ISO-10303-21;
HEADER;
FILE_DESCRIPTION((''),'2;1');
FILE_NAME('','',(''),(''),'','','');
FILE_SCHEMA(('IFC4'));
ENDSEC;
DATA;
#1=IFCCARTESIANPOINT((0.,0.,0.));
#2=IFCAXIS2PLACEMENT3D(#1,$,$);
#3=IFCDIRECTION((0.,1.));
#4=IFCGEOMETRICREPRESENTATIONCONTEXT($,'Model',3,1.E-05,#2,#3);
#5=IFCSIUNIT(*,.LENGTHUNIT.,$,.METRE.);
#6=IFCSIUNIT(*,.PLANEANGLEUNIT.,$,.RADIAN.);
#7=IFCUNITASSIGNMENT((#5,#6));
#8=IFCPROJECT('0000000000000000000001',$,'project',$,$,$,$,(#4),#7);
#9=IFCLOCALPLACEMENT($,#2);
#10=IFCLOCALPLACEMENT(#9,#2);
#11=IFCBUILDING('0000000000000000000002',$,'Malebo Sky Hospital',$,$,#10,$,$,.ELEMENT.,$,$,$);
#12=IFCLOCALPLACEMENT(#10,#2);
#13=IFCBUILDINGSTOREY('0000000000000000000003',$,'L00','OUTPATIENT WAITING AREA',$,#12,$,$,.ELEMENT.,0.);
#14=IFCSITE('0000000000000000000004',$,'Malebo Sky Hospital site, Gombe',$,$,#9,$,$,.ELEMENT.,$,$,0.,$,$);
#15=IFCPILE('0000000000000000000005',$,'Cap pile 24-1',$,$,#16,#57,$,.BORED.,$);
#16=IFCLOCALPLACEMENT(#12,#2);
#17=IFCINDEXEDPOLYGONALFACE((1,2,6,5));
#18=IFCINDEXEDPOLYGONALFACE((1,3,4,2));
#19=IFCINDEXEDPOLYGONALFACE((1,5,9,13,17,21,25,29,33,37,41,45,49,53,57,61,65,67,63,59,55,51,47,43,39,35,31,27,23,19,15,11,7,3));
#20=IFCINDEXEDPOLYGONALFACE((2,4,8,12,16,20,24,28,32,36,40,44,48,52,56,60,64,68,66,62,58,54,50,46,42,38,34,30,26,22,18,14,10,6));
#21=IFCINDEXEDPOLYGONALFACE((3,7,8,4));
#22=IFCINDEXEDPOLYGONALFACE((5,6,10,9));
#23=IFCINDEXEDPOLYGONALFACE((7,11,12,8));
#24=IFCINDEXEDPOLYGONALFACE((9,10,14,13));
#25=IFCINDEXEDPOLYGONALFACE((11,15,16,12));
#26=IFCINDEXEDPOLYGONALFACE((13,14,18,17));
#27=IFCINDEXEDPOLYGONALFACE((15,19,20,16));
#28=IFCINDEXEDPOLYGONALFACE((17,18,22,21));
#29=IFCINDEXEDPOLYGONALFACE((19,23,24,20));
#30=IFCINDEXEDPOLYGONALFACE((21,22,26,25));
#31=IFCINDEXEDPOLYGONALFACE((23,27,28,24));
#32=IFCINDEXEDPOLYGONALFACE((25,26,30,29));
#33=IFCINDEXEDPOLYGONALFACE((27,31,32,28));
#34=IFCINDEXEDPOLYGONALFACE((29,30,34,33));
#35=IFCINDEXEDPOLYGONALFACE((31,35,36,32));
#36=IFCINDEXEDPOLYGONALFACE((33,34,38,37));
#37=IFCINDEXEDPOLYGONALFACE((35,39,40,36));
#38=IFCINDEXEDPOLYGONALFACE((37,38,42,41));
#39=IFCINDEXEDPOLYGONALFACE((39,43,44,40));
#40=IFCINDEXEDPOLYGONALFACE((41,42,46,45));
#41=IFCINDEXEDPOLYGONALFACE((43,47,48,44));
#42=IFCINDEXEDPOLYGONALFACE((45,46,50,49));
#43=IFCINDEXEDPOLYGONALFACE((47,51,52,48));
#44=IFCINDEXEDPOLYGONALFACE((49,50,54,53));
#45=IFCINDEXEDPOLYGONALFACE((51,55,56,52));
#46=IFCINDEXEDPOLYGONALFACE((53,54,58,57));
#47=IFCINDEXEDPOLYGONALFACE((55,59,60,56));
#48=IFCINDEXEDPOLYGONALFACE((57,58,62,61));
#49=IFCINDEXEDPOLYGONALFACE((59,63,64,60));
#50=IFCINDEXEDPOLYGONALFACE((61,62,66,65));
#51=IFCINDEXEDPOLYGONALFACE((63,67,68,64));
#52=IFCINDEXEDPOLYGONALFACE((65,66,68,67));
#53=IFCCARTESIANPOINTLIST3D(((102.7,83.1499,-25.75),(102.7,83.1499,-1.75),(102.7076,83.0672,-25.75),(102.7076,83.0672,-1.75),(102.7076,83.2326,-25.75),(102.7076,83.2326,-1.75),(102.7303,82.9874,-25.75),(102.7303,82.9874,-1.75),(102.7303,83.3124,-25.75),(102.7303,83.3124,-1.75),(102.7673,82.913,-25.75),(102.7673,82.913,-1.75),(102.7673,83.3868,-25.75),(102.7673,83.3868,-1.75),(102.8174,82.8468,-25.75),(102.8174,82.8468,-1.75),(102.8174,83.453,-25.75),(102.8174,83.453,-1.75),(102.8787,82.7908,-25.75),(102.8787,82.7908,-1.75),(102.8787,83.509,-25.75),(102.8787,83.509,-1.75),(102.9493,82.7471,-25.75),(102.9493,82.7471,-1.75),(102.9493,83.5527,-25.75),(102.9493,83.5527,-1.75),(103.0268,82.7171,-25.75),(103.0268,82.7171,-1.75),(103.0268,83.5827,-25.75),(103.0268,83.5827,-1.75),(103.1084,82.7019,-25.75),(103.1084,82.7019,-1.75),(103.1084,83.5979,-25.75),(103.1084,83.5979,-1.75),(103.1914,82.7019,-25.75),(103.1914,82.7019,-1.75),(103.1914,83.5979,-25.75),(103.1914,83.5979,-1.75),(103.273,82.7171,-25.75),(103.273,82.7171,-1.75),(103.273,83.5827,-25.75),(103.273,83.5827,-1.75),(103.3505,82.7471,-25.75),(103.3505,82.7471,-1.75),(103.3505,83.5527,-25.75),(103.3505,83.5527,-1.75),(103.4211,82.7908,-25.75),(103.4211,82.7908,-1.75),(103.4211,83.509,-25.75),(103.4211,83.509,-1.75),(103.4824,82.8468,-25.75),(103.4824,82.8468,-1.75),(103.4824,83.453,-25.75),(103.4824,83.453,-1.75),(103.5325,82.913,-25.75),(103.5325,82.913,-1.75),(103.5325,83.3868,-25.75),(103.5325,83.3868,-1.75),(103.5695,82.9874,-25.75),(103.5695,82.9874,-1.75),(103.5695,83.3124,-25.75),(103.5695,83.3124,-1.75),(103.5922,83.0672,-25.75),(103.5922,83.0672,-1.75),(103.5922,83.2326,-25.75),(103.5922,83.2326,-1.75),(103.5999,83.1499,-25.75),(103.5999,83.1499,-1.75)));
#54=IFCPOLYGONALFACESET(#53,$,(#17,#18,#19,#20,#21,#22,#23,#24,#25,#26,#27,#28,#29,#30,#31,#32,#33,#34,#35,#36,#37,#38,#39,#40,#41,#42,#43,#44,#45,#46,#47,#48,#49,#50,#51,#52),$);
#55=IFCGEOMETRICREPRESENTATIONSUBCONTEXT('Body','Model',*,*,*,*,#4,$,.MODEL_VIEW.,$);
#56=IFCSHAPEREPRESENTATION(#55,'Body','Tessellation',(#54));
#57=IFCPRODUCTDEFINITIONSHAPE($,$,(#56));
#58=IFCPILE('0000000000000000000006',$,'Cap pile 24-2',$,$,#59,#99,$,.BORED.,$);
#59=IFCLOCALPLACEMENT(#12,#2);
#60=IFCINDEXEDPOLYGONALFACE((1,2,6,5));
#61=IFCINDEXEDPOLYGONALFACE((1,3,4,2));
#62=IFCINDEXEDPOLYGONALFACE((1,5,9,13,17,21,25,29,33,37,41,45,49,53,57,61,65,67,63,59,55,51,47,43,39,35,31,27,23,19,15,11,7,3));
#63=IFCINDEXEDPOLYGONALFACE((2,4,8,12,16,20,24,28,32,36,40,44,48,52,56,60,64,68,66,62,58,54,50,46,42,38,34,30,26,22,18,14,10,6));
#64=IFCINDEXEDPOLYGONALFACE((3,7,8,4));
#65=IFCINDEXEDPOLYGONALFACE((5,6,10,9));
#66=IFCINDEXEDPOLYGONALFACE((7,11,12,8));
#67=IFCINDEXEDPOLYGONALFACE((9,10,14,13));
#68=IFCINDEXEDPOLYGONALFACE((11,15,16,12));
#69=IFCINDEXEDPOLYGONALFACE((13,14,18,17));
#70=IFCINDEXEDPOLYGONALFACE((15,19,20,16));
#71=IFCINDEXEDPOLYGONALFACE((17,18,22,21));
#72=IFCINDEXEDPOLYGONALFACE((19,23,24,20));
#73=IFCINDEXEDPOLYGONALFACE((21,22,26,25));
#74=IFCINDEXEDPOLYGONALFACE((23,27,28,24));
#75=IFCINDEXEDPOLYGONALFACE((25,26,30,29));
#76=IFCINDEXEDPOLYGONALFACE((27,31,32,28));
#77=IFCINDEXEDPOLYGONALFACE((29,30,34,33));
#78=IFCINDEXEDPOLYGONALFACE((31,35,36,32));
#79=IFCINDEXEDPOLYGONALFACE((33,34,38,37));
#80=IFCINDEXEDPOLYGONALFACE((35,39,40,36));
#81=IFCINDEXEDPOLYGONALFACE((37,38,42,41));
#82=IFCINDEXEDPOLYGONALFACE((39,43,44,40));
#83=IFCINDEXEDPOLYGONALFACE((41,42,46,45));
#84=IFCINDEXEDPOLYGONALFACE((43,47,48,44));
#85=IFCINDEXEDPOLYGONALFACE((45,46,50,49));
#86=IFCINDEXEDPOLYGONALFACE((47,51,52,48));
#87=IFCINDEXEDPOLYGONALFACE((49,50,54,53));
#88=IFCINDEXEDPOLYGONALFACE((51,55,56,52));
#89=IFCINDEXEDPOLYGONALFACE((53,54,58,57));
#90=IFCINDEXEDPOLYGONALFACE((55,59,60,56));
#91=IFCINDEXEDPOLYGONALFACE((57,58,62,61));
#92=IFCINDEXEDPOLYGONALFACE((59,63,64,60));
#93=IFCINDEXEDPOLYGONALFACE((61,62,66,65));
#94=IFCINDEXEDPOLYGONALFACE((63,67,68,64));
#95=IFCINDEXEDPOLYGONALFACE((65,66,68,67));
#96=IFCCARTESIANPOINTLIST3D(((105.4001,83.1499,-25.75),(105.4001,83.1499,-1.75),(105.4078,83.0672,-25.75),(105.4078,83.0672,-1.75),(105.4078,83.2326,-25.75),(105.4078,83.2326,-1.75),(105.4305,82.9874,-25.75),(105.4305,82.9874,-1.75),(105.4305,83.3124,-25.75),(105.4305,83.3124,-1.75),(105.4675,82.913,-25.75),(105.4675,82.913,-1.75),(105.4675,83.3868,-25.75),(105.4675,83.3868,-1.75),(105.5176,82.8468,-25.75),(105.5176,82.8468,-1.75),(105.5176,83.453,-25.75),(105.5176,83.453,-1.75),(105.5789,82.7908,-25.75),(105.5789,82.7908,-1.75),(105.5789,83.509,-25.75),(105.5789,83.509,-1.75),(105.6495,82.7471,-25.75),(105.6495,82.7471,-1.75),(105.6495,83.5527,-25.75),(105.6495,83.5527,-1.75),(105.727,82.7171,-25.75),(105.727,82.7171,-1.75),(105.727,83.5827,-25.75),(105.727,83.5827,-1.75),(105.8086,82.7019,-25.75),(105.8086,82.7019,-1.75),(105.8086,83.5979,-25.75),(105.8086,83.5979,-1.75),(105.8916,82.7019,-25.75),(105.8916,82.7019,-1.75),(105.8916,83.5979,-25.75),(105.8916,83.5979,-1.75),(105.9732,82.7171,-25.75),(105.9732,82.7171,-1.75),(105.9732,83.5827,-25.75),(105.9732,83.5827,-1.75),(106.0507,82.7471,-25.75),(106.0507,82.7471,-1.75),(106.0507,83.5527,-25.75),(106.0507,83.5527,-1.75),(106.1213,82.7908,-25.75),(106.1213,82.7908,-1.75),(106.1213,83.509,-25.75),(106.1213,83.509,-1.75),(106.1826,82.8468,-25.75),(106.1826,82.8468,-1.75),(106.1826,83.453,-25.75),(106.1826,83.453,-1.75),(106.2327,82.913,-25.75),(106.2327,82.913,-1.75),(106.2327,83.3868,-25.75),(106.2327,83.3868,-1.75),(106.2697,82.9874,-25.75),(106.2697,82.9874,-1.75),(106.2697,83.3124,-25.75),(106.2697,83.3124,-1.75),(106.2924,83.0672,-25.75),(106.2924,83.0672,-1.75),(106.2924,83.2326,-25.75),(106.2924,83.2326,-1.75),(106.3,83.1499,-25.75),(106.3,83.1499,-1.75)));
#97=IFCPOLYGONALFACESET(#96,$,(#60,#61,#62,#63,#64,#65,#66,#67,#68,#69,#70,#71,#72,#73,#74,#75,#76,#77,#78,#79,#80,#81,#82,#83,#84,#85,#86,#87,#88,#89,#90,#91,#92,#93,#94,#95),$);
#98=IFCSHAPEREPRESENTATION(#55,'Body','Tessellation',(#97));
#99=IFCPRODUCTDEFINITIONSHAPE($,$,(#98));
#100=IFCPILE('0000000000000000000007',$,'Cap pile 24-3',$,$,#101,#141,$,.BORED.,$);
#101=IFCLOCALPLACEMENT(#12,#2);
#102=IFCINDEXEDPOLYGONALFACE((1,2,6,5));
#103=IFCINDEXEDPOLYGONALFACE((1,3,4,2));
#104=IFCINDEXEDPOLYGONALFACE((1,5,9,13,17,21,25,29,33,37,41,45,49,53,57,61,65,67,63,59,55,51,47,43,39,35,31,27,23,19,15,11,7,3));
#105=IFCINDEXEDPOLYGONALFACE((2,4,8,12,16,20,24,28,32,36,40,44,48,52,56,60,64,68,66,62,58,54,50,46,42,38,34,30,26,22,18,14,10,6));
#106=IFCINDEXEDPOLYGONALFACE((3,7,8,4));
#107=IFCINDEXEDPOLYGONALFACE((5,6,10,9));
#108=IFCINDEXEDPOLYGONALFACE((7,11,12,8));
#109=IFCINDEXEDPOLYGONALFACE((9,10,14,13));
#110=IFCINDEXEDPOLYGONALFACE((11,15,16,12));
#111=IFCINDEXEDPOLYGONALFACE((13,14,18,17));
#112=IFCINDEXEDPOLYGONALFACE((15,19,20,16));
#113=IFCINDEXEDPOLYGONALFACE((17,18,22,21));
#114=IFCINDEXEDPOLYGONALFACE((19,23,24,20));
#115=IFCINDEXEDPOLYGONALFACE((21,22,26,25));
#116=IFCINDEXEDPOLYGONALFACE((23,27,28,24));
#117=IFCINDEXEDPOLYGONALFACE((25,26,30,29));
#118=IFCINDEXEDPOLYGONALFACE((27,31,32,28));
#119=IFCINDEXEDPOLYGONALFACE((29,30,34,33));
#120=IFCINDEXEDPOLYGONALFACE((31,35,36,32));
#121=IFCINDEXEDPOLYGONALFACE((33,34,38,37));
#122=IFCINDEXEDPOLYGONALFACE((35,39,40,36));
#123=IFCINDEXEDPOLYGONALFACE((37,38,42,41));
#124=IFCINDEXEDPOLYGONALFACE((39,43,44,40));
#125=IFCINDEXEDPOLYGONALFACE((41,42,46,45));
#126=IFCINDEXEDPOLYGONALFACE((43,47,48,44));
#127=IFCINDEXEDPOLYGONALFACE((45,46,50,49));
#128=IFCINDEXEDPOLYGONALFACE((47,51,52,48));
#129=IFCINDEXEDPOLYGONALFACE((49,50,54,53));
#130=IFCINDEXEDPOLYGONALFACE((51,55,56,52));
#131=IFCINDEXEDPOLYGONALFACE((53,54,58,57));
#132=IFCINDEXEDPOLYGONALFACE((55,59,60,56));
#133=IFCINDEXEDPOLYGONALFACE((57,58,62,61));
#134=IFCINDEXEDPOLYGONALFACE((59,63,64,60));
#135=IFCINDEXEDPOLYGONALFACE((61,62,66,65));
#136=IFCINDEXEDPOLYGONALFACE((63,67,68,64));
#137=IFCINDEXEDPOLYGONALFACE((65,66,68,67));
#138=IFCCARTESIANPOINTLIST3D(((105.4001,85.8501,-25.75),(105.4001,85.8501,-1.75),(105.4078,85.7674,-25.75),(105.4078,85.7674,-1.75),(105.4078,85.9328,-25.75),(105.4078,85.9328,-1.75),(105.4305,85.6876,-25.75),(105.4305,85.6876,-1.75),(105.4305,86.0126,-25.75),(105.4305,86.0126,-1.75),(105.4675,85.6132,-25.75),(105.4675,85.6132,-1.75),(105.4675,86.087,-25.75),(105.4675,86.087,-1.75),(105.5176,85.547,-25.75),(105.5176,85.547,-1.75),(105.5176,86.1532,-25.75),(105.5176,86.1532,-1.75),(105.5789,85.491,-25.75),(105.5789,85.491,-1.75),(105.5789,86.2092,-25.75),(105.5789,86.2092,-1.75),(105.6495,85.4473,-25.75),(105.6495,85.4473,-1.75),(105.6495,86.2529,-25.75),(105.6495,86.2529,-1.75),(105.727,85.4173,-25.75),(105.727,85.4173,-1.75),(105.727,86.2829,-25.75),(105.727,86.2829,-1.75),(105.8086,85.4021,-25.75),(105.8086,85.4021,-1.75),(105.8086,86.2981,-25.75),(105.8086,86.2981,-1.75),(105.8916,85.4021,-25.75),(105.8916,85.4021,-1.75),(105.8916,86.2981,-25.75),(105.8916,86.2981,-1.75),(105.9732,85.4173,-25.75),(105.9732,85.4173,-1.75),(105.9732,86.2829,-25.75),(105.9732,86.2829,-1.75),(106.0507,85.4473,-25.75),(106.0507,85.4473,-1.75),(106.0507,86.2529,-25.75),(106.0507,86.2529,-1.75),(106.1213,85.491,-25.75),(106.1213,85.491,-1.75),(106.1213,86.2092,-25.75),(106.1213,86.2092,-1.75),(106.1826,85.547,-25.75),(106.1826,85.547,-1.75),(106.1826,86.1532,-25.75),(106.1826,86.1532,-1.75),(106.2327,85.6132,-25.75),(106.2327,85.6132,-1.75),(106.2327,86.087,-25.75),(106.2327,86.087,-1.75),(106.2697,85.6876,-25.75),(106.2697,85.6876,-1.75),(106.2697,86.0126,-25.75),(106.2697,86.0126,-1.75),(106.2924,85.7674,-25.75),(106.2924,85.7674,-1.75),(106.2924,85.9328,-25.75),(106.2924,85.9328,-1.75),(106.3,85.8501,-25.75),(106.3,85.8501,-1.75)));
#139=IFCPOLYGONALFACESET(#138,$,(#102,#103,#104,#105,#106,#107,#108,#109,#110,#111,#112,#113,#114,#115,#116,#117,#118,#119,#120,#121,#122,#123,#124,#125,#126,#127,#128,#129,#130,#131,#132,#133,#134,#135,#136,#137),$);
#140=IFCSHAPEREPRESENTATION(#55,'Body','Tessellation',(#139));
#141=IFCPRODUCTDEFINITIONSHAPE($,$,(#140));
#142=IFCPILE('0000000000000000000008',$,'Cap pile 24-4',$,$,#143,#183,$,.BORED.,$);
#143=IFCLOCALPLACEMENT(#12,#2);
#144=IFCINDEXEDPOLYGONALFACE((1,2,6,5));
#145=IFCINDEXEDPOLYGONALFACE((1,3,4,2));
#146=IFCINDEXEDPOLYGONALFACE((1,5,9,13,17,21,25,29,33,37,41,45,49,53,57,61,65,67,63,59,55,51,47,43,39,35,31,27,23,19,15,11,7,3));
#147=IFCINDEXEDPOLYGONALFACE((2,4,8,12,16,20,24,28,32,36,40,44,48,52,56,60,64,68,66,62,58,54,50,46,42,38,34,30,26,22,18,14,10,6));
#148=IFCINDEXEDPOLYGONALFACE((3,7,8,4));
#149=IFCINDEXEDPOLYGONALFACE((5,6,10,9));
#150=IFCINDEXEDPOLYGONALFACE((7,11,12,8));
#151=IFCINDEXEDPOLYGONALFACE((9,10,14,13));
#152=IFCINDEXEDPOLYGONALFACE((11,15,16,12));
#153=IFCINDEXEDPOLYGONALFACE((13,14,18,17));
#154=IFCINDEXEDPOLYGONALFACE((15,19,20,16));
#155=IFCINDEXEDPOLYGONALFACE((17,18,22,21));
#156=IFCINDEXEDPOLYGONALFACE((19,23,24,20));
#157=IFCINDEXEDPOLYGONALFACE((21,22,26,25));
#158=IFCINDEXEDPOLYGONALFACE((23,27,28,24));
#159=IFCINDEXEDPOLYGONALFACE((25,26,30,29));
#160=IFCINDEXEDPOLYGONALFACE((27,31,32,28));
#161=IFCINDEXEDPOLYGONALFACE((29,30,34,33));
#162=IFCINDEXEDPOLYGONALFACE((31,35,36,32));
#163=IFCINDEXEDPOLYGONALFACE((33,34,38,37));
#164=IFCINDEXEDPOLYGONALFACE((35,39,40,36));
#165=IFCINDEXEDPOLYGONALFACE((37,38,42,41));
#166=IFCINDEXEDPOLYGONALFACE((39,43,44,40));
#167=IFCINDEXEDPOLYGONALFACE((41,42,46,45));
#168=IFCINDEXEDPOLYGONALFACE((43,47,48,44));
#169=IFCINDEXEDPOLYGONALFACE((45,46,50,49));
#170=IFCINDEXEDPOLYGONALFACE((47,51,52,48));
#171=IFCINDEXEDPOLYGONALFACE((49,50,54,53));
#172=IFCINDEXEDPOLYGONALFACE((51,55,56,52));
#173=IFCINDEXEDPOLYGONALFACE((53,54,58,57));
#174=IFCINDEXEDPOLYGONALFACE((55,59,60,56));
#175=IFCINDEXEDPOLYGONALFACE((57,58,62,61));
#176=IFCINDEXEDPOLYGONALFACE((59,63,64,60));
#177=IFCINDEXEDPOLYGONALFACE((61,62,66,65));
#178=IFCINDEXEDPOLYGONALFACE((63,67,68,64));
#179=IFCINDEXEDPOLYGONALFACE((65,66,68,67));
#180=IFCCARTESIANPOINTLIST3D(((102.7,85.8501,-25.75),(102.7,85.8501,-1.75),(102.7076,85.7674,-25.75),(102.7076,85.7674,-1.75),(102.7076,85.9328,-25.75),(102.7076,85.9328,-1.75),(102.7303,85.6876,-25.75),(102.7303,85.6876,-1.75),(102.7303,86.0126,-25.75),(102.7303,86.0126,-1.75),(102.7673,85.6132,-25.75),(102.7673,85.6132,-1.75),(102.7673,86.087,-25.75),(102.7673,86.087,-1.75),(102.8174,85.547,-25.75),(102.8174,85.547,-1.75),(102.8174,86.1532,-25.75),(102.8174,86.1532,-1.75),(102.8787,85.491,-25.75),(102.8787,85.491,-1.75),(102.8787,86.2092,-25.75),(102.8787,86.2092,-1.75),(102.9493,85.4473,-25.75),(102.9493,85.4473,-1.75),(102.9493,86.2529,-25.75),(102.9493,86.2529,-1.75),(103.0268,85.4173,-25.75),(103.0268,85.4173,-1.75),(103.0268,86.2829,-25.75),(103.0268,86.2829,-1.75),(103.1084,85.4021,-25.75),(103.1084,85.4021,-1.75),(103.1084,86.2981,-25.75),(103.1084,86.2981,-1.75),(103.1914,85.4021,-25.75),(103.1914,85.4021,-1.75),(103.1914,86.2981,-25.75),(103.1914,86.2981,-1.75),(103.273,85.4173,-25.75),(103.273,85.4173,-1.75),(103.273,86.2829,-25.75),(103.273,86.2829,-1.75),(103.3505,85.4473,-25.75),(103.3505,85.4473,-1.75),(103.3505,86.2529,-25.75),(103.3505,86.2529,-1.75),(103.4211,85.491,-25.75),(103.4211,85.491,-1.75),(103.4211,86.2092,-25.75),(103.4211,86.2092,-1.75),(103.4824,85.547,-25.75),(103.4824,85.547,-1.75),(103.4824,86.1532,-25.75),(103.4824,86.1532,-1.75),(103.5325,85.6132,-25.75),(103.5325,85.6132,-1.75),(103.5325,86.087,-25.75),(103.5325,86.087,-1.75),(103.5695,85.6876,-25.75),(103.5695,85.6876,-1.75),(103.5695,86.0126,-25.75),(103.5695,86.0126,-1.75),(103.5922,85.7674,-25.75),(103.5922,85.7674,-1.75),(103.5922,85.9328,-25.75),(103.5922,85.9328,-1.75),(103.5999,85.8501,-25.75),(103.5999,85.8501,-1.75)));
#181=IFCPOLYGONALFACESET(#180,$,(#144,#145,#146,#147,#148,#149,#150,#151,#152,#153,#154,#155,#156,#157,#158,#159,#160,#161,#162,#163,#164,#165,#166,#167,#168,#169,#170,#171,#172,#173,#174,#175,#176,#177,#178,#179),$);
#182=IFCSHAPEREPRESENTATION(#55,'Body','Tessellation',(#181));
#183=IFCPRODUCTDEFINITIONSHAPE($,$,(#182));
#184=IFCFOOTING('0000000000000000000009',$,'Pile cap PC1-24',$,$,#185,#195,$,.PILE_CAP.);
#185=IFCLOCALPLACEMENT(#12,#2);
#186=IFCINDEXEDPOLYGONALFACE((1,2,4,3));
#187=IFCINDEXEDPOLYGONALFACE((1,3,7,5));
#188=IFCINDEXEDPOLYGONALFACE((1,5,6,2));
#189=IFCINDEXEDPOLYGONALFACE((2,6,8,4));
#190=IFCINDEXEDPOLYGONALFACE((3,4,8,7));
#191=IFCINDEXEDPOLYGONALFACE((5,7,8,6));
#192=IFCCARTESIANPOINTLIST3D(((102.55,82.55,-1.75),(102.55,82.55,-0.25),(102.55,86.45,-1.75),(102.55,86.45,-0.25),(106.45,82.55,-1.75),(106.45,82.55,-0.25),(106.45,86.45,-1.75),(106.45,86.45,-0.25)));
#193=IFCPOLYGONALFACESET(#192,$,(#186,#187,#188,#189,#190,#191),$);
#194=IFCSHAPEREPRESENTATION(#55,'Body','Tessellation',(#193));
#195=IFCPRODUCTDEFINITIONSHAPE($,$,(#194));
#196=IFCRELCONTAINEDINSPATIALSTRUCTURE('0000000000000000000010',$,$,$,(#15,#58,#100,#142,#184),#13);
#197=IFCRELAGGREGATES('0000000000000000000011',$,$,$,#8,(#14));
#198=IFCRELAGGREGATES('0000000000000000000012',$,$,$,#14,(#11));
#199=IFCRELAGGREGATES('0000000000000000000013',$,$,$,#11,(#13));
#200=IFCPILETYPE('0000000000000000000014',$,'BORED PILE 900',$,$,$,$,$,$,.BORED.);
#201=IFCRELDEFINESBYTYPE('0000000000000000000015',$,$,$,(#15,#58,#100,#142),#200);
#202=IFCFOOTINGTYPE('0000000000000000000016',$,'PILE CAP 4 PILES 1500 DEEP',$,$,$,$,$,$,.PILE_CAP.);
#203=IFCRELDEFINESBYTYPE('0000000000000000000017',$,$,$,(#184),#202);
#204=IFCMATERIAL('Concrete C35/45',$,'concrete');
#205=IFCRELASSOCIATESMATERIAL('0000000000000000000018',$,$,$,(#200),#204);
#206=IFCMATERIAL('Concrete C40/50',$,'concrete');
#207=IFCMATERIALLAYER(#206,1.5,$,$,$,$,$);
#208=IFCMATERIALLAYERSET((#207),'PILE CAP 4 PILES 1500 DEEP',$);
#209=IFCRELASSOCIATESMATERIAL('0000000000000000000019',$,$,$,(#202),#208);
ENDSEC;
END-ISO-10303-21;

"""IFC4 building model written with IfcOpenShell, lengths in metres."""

from ifc_helpers import new_model, si_unit, direction, frame, origin, origin_2d, place, context, subcontext, project, spatial, rectangle, circle, extrude, material, layer, layer_set, material_profile, profile_set, type_object, element, save


model = new_model("IFC4")

# Units and contexts
model_context = context("Model", 3, precision=1e-05, world=origin(), true_north=direction((0.0, 1.0)))
body_context = subcontext(model_context, "Body", "Model", "MODEL_VIEW")
ifc_project = project(units=[si_unit("LENGTHUNIT", "METRE"), si_unit("PLANEANGLEUNIT", "RADIAN")], contexts=[model_context])

# Site, building, storey
site_placement = place(None, origin())
site = spatial("IfcSite", under=ifc_project, at=site_placement, Name="Malebo Sky Hospital site, Gombe", CompositionType="ELEMENT", RefElevation=0.0)
building_placement = place(site_placement, origin())
building = spatial("IfcBuilding", under=site, at=building_placement, Name="Malebo Sky Hospital", CompositionType="ELEMENT")
storey_placement = place(building_placement, origin())
storey = spatial("IfcBuildingStorey", under=building, at=storey_placement, Name="L00", Description="OUTPATIENT WAITING AREA", CompositionType="ELEMENT", Elevation=0.0)

# Piles
ifc_material_1 = material(Name="Concrete C35/45", Category="concrete")
ifc_material_profile_1 = material_profile(ifc_material_1, circle(Radius=0.45, at=origin_2d()), Name="BP 900")
ifc_profile_set_1 = profile_set([ifc_material_profile_1], Name="Concrete C35/45")
pile_type = type_object("IfcPileType", Name="BORED PILE 900", PredefinedType="BORED", material=ifc_profile_set_1)
for number, where, z_axis, x_axis, name in (
    (1, (103.1499, 83.1499, -1.75), (0.0, 0.0, -1.0), (1.0, 0.0, 0.0), "Cap pile 24-1"),
    (2, (105.8501, 83.1499, -1.75), (0.0, 0.0, -1.0), (1.0, 0.0, 0.0), "Cap pile 24-2"),
    (3, (105.8501, 85.8501, -1.75), (0.0, 0.0, -1.0), (1.0, 0.0, 0.0), "Cap pile 24-3"),
    (4, (103.1499, 85.8501, -1.75), (0.0, 0.0, -1.0), (1.0, 0.0, 0.0), "Cap pile 24-4"),
):
    element("IfcPile", number, at=place(storey_placement, frame(where, z_axis=z_axis, x_axis=x_axis)), inside=storey, type_object=pile_type, Name=name, PredefinedType="BORED", context=body_context, shape_type="SweptSolid", body=[
        extrude(circle(Radius=0.45, at=origin_2d()), origin(), (0.0, 0.0, 1.0), 24.0),
    ])

# Footing
ifc_material_2 = material(Name="Concrete C40/50", Category="concrete")
ifc_layer_1 = layer(ifc_material_2, 1.5)
ifc_layer_set_1 = layer_set([ifc_layer_1], Name="PILE CAP 4 PILES 1500 DEEP")
footing_type = type_object("IfcFootingType", Name="PILE CAP 4 PILES 1500 DEEP", PredefinedType="PILE_CAP", material=ifc_layer_set_1)
footing_placement = place(storey_placement, frame((104.5, 84.5, -1.75), z_axis=(0.0, 0.0, 1.0), x_axis=(1.0, 0.0, 0.0)))
element("IfcFooting", 5, at=footing_placement, inside=storey, type_object=footing_type, Name="Pile cap PC1-24", PredefinedType="PILE_CAP", context=body_context, shape_type="SweptSolid", body=[
    extrude(rectangle(XDim=3.8999, YDim=3.8999, at=origin_2d()), origin(), (0.0, 0.0, 1.0), 1.5),
])

save(model, "model.ifc")
